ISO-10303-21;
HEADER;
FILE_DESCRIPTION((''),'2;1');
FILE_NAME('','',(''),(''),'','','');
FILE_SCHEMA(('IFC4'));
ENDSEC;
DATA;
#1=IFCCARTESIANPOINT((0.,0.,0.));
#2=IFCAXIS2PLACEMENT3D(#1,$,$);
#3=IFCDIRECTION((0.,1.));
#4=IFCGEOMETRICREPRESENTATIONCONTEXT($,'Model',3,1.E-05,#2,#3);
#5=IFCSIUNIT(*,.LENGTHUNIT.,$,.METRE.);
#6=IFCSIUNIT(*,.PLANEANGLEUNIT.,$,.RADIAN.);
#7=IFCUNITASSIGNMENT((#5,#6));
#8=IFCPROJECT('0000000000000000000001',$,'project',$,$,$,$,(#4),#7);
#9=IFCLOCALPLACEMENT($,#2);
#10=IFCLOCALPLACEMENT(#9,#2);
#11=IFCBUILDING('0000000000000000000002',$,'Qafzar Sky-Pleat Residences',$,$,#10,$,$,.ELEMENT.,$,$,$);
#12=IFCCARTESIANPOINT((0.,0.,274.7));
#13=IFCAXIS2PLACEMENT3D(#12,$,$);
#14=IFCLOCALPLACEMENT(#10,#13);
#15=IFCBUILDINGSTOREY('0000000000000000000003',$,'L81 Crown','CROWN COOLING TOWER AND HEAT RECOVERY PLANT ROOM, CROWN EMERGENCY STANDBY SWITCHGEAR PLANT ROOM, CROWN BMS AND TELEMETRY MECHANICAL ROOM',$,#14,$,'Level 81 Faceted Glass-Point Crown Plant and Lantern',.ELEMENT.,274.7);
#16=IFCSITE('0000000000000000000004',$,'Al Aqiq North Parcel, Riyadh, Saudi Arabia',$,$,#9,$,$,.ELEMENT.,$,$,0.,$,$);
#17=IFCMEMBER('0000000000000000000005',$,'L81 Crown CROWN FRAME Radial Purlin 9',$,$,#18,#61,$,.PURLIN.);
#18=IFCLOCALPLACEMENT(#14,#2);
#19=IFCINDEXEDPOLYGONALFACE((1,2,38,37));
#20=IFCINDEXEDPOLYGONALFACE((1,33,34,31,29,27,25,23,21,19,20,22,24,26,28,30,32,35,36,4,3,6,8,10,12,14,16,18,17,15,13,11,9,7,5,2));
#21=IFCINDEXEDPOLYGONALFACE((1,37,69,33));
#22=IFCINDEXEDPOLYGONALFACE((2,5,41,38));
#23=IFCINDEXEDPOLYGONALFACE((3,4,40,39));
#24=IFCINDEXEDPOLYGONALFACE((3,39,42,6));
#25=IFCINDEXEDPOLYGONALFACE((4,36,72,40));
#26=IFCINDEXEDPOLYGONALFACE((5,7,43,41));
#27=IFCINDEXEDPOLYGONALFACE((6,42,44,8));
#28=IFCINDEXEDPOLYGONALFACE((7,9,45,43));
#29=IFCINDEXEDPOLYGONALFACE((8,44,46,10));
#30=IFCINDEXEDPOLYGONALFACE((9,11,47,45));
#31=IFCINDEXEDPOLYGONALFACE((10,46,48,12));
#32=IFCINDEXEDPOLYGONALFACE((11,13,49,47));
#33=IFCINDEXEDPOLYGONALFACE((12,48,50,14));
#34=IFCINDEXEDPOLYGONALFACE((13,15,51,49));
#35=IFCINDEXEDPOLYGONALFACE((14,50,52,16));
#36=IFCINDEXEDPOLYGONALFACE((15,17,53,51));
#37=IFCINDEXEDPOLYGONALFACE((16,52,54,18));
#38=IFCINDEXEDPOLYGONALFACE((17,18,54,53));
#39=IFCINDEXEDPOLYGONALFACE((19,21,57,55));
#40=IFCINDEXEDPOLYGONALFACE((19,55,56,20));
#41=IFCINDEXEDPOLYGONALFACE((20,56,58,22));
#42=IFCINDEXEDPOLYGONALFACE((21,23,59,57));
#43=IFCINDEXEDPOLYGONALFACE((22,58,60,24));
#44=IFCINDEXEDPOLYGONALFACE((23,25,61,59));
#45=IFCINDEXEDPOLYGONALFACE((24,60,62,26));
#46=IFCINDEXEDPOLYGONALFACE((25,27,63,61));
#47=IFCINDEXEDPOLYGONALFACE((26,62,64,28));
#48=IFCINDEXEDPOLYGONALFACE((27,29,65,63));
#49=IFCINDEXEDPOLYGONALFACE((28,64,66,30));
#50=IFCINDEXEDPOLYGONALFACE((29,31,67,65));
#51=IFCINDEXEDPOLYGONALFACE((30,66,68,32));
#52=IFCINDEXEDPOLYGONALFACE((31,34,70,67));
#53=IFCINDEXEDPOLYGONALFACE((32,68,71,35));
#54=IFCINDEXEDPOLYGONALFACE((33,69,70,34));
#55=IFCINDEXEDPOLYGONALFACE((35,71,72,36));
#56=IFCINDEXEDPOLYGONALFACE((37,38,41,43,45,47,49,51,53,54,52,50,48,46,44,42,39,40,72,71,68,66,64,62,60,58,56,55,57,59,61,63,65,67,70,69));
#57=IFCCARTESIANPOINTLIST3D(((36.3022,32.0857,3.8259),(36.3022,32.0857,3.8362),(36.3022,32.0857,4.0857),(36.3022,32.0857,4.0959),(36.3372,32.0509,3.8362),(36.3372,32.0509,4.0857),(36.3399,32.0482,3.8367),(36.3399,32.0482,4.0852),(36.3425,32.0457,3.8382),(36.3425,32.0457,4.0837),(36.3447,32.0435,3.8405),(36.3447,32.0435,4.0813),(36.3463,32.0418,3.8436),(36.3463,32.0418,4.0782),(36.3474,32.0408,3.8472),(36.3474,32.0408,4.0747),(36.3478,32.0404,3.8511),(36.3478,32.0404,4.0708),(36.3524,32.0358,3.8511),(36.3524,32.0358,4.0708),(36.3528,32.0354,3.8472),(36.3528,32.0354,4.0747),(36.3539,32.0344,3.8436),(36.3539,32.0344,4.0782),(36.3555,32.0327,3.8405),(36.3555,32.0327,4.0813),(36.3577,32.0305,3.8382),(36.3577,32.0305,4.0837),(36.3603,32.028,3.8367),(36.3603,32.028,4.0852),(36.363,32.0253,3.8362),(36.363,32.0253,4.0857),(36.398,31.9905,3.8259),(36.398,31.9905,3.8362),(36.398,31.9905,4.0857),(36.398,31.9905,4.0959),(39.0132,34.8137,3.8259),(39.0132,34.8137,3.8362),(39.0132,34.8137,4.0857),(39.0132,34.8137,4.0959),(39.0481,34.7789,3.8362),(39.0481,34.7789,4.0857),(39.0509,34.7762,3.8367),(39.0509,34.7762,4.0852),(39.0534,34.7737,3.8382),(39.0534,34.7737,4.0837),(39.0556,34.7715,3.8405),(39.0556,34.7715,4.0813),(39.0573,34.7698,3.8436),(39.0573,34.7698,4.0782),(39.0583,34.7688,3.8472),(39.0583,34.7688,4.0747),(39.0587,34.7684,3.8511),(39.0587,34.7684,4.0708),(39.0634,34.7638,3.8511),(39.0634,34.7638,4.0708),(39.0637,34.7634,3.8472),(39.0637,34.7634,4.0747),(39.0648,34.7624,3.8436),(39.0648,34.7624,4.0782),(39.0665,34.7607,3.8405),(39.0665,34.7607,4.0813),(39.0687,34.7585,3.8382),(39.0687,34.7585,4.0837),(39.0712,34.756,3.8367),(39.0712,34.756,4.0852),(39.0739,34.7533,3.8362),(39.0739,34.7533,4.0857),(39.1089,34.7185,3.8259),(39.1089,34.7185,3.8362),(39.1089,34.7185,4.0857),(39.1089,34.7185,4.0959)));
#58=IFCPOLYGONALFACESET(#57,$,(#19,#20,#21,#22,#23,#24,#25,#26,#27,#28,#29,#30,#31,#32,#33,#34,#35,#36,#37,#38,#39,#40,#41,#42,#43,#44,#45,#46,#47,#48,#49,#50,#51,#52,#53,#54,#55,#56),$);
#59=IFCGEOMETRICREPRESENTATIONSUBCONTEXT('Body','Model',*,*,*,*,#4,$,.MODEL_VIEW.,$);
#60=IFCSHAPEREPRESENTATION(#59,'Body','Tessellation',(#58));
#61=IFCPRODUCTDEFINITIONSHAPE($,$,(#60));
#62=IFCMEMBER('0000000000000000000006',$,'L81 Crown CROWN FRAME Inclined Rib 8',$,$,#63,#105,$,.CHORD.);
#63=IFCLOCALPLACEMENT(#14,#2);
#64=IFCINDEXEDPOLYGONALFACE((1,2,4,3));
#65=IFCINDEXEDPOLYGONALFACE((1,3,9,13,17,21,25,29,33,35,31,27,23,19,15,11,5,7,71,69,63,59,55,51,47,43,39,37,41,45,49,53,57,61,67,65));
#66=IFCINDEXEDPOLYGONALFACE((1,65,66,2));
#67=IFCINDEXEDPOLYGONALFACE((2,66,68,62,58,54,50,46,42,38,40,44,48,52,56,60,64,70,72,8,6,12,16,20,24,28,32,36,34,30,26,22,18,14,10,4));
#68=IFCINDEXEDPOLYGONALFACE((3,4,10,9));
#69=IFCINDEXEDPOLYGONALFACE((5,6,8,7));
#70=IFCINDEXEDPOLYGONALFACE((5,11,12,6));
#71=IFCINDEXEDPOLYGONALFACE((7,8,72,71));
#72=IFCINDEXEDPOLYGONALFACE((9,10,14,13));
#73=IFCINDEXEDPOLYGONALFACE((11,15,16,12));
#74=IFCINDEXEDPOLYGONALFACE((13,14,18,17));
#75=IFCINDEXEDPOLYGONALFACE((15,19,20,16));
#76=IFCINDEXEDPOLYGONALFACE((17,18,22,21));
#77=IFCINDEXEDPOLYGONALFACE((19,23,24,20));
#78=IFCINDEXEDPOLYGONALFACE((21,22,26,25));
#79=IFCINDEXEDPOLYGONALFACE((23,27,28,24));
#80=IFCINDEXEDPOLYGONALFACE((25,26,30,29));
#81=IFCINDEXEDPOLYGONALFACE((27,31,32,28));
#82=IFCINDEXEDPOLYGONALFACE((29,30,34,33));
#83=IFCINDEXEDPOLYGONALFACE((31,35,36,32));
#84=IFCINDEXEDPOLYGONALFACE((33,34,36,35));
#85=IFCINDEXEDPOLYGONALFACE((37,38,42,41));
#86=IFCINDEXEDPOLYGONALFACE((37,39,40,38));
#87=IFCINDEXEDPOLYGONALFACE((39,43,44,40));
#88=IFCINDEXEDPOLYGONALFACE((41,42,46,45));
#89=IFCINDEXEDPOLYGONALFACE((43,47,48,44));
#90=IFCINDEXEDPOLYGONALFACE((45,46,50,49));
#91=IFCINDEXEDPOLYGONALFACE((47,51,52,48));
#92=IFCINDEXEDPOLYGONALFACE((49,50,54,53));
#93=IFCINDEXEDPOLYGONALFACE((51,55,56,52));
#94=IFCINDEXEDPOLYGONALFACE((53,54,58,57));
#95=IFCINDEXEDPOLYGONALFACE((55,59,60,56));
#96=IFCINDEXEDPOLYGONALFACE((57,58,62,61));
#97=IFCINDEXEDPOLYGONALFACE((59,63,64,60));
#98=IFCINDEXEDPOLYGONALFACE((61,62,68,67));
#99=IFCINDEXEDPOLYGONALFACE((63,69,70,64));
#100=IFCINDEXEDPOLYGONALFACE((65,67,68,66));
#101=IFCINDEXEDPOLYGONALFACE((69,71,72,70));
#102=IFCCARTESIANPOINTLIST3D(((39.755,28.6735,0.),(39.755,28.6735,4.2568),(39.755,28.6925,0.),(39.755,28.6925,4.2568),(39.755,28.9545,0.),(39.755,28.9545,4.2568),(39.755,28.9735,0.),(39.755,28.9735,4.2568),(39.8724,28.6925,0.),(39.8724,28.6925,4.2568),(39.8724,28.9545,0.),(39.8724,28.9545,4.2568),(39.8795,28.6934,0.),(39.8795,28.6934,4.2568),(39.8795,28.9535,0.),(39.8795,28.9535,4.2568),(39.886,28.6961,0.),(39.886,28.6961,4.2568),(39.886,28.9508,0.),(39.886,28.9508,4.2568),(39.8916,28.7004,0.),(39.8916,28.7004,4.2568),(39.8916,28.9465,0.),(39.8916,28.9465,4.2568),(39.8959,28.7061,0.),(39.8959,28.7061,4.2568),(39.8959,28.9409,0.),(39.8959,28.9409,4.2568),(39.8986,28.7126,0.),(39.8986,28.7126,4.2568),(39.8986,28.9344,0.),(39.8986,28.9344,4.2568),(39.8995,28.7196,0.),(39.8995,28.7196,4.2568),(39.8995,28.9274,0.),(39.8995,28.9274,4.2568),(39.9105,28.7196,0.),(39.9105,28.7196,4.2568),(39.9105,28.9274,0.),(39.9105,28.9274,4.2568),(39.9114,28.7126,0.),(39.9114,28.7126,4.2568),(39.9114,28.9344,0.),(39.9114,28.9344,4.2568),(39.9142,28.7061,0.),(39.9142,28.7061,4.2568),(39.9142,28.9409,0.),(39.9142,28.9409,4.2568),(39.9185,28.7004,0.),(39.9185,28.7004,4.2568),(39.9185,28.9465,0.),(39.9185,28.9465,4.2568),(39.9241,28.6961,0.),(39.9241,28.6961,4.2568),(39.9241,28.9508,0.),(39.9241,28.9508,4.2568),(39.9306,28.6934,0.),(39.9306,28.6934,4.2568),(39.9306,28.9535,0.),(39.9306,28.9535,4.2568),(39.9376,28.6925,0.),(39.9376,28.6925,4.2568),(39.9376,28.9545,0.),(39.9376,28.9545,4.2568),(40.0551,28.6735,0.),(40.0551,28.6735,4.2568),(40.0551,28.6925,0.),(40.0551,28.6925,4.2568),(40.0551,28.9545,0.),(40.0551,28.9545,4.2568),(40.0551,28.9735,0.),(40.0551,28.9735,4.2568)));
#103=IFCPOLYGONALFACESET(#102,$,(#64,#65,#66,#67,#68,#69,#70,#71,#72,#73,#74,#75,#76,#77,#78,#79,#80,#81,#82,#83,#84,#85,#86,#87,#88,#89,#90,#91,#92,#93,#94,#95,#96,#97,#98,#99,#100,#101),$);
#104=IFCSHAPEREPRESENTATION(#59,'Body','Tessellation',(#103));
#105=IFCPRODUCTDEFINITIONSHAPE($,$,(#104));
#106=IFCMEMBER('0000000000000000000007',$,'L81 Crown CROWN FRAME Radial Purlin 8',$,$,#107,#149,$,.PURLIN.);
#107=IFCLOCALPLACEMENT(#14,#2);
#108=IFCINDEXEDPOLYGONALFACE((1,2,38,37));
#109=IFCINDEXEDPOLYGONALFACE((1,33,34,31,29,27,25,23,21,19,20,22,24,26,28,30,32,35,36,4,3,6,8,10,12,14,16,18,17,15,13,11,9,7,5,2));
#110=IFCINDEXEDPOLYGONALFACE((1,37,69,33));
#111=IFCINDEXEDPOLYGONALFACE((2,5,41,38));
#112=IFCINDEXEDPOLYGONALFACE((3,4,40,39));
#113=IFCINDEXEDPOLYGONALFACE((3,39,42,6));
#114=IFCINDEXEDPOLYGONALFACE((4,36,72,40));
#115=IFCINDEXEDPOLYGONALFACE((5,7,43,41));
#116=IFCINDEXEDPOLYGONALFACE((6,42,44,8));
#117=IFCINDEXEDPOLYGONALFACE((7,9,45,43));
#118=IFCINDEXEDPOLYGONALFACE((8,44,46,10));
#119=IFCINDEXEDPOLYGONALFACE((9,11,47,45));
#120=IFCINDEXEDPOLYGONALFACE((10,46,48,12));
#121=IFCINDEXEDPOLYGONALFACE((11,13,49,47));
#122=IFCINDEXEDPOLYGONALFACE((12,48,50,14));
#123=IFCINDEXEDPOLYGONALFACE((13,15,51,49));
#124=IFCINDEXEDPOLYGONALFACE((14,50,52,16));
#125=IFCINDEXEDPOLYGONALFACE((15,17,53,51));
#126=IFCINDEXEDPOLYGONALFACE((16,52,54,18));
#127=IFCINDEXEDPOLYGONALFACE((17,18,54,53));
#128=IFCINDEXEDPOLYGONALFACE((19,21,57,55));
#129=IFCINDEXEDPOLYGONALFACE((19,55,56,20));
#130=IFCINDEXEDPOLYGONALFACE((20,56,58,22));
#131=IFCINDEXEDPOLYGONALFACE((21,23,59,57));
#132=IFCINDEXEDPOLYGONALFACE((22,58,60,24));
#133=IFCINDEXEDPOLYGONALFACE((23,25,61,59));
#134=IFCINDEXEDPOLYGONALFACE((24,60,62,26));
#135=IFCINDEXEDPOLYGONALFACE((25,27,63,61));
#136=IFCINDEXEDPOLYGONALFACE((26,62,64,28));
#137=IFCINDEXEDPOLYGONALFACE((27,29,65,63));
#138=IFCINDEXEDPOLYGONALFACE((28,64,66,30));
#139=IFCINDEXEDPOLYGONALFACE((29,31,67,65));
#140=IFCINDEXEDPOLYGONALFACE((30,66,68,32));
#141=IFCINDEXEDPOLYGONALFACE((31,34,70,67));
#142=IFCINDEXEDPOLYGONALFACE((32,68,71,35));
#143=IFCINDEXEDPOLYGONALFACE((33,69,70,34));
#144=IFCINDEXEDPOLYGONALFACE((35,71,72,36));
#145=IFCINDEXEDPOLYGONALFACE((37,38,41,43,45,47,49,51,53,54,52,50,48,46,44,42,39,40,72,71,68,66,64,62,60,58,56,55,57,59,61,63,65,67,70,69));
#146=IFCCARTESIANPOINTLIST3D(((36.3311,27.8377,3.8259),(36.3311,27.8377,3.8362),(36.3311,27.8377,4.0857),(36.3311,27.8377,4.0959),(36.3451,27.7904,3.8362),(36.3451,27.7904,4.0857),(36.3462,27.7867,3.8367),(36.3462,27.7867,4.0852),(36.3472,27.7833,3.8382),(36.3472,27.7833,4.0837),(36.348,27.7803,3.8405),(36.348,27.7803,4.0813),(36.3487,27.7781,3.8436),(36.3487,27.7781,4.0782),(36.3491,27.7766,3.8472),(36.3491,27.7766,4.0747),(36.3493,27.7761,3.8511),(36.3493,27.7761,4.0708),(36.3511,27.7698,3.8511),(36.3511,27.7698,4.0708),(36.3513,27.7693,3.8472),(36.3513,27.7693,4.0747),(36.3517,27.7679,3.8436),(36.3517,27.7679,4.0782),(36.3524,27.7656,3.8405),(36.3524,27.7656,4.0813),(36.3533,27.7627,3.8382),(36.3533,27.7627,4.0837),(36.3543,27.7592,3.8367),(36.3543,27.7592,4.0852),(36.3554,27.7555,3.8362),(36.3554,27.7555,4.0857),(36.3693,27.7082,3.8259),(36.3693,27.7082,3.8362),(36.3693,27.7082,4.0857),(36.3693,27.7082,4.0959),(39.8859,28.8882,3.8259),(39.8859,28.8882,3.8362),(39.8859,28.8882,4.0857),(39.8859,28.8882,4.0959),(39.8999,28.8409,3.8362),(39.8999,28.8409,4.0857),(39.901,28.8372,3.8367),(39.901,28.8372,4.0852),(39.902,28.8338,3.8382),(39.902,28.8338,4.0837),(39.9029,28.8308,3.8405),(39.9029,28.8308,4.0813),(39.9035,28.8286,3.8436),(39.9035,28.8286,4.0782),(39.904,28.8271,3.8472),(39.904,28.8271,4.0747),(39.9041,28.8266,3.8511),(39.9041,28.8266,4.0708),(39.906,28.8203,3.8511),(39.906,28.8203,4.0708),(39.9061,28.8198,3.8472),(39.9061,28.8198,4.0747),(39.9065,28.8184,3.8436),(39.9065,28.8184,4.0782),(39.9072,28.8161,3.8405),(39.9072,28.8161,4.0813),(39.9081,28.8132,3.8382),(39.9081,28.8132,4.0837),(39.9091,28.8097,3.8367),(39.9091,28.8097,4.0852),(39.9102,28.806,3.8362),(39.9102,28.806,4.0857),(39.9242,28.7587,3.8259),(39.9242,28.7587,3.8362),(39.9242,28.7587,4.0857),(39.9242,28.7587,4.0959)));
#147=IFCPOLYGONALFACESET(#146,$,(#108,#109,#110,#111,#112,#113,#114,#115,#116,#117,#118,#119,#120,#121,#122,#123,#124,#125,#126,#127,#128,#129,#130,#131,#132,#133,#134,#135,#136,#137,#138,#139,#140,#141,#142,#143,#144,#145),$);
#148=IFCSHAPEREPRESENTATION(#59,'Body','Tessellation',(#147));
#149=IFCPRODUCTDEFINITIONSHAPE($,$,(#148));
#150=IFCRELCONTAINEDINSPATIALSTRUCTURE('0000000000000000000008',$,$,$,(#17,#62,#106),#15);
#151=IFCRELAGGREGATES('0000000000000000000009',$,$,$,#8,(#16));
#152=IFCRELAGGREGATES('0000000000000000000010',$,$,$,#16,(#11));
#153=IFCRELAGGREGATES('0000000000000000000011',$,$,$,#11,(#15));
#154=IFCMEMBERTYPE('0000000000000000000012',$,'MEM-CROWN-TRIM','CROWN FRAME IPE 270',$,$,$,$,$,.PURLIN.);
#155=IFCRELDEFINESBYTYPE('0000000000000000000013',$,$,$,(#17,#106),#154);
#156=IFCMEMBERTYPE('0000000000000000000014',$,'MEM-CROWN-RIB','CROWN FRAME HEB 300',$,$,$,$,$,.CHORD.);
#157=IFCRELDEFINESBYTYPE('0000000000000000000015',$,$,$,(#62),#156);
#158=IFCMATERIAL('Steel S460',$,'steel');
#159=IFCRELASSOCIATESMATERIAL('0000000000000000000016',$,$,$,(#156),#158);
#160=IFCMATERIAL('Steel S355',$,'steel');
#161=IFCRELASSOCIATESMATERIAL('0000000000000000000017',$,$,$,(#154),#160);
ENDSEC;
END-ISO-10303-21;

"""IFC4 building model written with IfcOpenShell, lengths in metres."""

from ifc_helpers import new_model, si_unit, direction, frame, origin, origin_2d, place, context, subcontext, project, spatial, i_section, extrude, source, transform, mapped, material, material_profile, profile_set, type_object, element, save


model = new_model("IFC4")

# Units and contexts
model_context = context("Model", 3, precision=1e-05, world=origin(), true_north=direction((0.0, 1.0)))
body_context = subcontext(model_context, "Body", "Model", "MODEL_VIEW")
ifc_project = project(units=[si_unit("LENGTHUNIT", "METRE"), si_unit("PLANEANGLEUNIT", "RADIAN")], contexts=[model_context])

# Site, building, storey
site_placement = place(None, origin())
site = spatial("IfcSite", under=ifc_project, at=site_placement, Name="Al Aqiq North Parcel, Riyadh, Saudi Arabia", CompositionType="ELEMENT", RefElevation=0.0)
building_placement = place(site_placement, origin())
building = spatial("IfcBuilding", under=site, at=building_placement, Name="Qafzar Sky-Pleat Residences", CompositionType="ELEMENT")
storey_placement = place(building_placement, frame((0.0, 0.0, 274.7)))
storey = spatial("IfcBuildingStorey", under=building, at=storey_placement, Name="L81 Crown", Description="CROWN COOLING TOWER AND HEAT RECOVERY PLANT ROOM, CROWN EMERGENCY STANDBY SWITCHGEAR PLANT ROOM, CROWN BMS AND TELEMETRY MECHANICAL ROOM", LongName="Level 81 Faceted Glass-Point Crown Plant and Lantern", CompositionType="ELEMENT", Elevation=274.7)

# Members
ifc_material_1 = material(Name="Steel S355", Category="steel")
ifc_material_2 = material(Name="Steel S460", Category="steel")
ifc_material_profile_1 = material_profile(ifc_material_2, i_section(OverallWidth=0.3, OverallDepth=0.3, WebThickness=0.011, FlangeThickness=0.019, FilletRadius=0.0271, at=origin_2d()), Name="HEB 300")
ifc_profile_set_1 = profile_set([ifc_material_profile_1], Name="Steel S460")
member_type_1 = type_object("IfcMemberType", Name="MEM-CROWN-RIB", Description="CROWN FRAME HEB 300", PredefinedType="CHORD", material=ifc_profile_set_1)
ifc_material_profile_2 = material_profile(ifc_material_1, i_section(OverallWidth=0.135, OverallDepth=0.27, WebThickness=0.0066, FlangeThickness=0.0103, FilletRadius=0.0149, at=origin_2d()), Name="IPE 270")
ifc_profile_set_2 = profile_set([ifc_material_profile_2], Name="Steel S355")
member_type_2 = type_object("IfcMemberType", Name="MEM-CROWN-TRIM", Description="CROWN FRAME IPE 270", PredefinedType="PURLIN", material=ifc_profile_set_2)
shared_shape_1 = source(origin(), body_context, "Body", "SweptSolid", [
    extrude(i_section(OverallWidth=0.135, OverallDepth=0.27, WebThickness=0.0066, FlangeThickness=0.0103, FilletRadius=0.0149, at=origin_2d()), origin(), (0.0, 0.0, 1.0), 3.8459),
])
member_1_placement = place(storey_placement, frame((39.061, 34.7661, 3.9609), z_axis=(-0.704881, -0.709325, 0.0), x_axis=(0.709325, -0.704881, 0.0)))
element("IfcMember", 1, at=member_1_placement, inside=storey, type_object=member_type_2, Name="L81 Crown CROWN FRAME Radial Purlin 9", PredefinedType="PURLIN", context=body_context, shape_type="MappedRepresentation", body=[
    mapped(shared_shape_1, transform((0.0, 0.0, 0.0), x_axis=(1.0, 0.0, 0.0), y_axis=(0.0, 1.0, 0.0), z_axis=(0.0, 0.0, 1.0), scale=1.0)),
])
shared_shape_2 = source(origin(), body_context, "Body", "SweptSolid", [
    extrude(i_section(OverallWidth=0.3, OverallDepth=0.3, WebThickness=0.011, FlangeThickness=0.019, FilletRadius=0.0271, at=origin_2d()), origin(), (0.0, 0.0, 1.0), 4.2568),
])
member_2_placement = place(storey_placement, frame((39.905, 28.8235, 0.0), z_axis=(0.0, 0.0, 1.0), x_axis=(1.0, 0.0, 0.0)))
element("IfcMember", 2, at=member_2_placement, inside=storey, type_object=member_type_1, Name="L81 Crown CROWN FRAME Inclined Rib 8", PredefinedType="CHORD", context=body_context, shape_type="MappedRepresentation", body=[
    mapped(shared_shape_2, transform((0.0, 0.0, 0.0), x_axis=(1.0, 0.0, 0.0), y_axis=(0.0, 1.0, 0.0), z_axis=(0.0, 0.0, 1.0), scale=1.0)),
])
shared_shape_3 = source(origin(), body_context, "Body", "SweptSolid", [
    extrude(i_section(OverallWidth=0.135, OverallDepth=0.27, WebThickness=0.0066, FlangeThickness=0.0103, FilletRadius=0.0149, at=origin_2d()), origin(), (0.0, 0.0, 1.0), 3.7068),
])
member_3_placement = place(storey_placement, frame((39.905, 28.8235, 3.9609), z_axis=(-0.959002, -0.2834, 0.0), x_axis=(0.2834, -0.959002, 0.0)))
element("IfcMember", 3, at=member_3_placement, inside=storey, type_object=member_type_2, Name="L81 Crown CROWN FRAME Radial Purlin 8", PredefinedType="PURLIN", context=body_context, shape_type="MappedRepresentation", body=[
    mapped(shared_shape_3, transform((0.0, 0.0, 0.0), x_axis=(1.0, 0.0, 0.0), y_axis=(0.0, 1.0, 0.0), z_axis=(0.0, 0.0, 1.0), scale=1.0)),
])

save(model, "model.ifc")
